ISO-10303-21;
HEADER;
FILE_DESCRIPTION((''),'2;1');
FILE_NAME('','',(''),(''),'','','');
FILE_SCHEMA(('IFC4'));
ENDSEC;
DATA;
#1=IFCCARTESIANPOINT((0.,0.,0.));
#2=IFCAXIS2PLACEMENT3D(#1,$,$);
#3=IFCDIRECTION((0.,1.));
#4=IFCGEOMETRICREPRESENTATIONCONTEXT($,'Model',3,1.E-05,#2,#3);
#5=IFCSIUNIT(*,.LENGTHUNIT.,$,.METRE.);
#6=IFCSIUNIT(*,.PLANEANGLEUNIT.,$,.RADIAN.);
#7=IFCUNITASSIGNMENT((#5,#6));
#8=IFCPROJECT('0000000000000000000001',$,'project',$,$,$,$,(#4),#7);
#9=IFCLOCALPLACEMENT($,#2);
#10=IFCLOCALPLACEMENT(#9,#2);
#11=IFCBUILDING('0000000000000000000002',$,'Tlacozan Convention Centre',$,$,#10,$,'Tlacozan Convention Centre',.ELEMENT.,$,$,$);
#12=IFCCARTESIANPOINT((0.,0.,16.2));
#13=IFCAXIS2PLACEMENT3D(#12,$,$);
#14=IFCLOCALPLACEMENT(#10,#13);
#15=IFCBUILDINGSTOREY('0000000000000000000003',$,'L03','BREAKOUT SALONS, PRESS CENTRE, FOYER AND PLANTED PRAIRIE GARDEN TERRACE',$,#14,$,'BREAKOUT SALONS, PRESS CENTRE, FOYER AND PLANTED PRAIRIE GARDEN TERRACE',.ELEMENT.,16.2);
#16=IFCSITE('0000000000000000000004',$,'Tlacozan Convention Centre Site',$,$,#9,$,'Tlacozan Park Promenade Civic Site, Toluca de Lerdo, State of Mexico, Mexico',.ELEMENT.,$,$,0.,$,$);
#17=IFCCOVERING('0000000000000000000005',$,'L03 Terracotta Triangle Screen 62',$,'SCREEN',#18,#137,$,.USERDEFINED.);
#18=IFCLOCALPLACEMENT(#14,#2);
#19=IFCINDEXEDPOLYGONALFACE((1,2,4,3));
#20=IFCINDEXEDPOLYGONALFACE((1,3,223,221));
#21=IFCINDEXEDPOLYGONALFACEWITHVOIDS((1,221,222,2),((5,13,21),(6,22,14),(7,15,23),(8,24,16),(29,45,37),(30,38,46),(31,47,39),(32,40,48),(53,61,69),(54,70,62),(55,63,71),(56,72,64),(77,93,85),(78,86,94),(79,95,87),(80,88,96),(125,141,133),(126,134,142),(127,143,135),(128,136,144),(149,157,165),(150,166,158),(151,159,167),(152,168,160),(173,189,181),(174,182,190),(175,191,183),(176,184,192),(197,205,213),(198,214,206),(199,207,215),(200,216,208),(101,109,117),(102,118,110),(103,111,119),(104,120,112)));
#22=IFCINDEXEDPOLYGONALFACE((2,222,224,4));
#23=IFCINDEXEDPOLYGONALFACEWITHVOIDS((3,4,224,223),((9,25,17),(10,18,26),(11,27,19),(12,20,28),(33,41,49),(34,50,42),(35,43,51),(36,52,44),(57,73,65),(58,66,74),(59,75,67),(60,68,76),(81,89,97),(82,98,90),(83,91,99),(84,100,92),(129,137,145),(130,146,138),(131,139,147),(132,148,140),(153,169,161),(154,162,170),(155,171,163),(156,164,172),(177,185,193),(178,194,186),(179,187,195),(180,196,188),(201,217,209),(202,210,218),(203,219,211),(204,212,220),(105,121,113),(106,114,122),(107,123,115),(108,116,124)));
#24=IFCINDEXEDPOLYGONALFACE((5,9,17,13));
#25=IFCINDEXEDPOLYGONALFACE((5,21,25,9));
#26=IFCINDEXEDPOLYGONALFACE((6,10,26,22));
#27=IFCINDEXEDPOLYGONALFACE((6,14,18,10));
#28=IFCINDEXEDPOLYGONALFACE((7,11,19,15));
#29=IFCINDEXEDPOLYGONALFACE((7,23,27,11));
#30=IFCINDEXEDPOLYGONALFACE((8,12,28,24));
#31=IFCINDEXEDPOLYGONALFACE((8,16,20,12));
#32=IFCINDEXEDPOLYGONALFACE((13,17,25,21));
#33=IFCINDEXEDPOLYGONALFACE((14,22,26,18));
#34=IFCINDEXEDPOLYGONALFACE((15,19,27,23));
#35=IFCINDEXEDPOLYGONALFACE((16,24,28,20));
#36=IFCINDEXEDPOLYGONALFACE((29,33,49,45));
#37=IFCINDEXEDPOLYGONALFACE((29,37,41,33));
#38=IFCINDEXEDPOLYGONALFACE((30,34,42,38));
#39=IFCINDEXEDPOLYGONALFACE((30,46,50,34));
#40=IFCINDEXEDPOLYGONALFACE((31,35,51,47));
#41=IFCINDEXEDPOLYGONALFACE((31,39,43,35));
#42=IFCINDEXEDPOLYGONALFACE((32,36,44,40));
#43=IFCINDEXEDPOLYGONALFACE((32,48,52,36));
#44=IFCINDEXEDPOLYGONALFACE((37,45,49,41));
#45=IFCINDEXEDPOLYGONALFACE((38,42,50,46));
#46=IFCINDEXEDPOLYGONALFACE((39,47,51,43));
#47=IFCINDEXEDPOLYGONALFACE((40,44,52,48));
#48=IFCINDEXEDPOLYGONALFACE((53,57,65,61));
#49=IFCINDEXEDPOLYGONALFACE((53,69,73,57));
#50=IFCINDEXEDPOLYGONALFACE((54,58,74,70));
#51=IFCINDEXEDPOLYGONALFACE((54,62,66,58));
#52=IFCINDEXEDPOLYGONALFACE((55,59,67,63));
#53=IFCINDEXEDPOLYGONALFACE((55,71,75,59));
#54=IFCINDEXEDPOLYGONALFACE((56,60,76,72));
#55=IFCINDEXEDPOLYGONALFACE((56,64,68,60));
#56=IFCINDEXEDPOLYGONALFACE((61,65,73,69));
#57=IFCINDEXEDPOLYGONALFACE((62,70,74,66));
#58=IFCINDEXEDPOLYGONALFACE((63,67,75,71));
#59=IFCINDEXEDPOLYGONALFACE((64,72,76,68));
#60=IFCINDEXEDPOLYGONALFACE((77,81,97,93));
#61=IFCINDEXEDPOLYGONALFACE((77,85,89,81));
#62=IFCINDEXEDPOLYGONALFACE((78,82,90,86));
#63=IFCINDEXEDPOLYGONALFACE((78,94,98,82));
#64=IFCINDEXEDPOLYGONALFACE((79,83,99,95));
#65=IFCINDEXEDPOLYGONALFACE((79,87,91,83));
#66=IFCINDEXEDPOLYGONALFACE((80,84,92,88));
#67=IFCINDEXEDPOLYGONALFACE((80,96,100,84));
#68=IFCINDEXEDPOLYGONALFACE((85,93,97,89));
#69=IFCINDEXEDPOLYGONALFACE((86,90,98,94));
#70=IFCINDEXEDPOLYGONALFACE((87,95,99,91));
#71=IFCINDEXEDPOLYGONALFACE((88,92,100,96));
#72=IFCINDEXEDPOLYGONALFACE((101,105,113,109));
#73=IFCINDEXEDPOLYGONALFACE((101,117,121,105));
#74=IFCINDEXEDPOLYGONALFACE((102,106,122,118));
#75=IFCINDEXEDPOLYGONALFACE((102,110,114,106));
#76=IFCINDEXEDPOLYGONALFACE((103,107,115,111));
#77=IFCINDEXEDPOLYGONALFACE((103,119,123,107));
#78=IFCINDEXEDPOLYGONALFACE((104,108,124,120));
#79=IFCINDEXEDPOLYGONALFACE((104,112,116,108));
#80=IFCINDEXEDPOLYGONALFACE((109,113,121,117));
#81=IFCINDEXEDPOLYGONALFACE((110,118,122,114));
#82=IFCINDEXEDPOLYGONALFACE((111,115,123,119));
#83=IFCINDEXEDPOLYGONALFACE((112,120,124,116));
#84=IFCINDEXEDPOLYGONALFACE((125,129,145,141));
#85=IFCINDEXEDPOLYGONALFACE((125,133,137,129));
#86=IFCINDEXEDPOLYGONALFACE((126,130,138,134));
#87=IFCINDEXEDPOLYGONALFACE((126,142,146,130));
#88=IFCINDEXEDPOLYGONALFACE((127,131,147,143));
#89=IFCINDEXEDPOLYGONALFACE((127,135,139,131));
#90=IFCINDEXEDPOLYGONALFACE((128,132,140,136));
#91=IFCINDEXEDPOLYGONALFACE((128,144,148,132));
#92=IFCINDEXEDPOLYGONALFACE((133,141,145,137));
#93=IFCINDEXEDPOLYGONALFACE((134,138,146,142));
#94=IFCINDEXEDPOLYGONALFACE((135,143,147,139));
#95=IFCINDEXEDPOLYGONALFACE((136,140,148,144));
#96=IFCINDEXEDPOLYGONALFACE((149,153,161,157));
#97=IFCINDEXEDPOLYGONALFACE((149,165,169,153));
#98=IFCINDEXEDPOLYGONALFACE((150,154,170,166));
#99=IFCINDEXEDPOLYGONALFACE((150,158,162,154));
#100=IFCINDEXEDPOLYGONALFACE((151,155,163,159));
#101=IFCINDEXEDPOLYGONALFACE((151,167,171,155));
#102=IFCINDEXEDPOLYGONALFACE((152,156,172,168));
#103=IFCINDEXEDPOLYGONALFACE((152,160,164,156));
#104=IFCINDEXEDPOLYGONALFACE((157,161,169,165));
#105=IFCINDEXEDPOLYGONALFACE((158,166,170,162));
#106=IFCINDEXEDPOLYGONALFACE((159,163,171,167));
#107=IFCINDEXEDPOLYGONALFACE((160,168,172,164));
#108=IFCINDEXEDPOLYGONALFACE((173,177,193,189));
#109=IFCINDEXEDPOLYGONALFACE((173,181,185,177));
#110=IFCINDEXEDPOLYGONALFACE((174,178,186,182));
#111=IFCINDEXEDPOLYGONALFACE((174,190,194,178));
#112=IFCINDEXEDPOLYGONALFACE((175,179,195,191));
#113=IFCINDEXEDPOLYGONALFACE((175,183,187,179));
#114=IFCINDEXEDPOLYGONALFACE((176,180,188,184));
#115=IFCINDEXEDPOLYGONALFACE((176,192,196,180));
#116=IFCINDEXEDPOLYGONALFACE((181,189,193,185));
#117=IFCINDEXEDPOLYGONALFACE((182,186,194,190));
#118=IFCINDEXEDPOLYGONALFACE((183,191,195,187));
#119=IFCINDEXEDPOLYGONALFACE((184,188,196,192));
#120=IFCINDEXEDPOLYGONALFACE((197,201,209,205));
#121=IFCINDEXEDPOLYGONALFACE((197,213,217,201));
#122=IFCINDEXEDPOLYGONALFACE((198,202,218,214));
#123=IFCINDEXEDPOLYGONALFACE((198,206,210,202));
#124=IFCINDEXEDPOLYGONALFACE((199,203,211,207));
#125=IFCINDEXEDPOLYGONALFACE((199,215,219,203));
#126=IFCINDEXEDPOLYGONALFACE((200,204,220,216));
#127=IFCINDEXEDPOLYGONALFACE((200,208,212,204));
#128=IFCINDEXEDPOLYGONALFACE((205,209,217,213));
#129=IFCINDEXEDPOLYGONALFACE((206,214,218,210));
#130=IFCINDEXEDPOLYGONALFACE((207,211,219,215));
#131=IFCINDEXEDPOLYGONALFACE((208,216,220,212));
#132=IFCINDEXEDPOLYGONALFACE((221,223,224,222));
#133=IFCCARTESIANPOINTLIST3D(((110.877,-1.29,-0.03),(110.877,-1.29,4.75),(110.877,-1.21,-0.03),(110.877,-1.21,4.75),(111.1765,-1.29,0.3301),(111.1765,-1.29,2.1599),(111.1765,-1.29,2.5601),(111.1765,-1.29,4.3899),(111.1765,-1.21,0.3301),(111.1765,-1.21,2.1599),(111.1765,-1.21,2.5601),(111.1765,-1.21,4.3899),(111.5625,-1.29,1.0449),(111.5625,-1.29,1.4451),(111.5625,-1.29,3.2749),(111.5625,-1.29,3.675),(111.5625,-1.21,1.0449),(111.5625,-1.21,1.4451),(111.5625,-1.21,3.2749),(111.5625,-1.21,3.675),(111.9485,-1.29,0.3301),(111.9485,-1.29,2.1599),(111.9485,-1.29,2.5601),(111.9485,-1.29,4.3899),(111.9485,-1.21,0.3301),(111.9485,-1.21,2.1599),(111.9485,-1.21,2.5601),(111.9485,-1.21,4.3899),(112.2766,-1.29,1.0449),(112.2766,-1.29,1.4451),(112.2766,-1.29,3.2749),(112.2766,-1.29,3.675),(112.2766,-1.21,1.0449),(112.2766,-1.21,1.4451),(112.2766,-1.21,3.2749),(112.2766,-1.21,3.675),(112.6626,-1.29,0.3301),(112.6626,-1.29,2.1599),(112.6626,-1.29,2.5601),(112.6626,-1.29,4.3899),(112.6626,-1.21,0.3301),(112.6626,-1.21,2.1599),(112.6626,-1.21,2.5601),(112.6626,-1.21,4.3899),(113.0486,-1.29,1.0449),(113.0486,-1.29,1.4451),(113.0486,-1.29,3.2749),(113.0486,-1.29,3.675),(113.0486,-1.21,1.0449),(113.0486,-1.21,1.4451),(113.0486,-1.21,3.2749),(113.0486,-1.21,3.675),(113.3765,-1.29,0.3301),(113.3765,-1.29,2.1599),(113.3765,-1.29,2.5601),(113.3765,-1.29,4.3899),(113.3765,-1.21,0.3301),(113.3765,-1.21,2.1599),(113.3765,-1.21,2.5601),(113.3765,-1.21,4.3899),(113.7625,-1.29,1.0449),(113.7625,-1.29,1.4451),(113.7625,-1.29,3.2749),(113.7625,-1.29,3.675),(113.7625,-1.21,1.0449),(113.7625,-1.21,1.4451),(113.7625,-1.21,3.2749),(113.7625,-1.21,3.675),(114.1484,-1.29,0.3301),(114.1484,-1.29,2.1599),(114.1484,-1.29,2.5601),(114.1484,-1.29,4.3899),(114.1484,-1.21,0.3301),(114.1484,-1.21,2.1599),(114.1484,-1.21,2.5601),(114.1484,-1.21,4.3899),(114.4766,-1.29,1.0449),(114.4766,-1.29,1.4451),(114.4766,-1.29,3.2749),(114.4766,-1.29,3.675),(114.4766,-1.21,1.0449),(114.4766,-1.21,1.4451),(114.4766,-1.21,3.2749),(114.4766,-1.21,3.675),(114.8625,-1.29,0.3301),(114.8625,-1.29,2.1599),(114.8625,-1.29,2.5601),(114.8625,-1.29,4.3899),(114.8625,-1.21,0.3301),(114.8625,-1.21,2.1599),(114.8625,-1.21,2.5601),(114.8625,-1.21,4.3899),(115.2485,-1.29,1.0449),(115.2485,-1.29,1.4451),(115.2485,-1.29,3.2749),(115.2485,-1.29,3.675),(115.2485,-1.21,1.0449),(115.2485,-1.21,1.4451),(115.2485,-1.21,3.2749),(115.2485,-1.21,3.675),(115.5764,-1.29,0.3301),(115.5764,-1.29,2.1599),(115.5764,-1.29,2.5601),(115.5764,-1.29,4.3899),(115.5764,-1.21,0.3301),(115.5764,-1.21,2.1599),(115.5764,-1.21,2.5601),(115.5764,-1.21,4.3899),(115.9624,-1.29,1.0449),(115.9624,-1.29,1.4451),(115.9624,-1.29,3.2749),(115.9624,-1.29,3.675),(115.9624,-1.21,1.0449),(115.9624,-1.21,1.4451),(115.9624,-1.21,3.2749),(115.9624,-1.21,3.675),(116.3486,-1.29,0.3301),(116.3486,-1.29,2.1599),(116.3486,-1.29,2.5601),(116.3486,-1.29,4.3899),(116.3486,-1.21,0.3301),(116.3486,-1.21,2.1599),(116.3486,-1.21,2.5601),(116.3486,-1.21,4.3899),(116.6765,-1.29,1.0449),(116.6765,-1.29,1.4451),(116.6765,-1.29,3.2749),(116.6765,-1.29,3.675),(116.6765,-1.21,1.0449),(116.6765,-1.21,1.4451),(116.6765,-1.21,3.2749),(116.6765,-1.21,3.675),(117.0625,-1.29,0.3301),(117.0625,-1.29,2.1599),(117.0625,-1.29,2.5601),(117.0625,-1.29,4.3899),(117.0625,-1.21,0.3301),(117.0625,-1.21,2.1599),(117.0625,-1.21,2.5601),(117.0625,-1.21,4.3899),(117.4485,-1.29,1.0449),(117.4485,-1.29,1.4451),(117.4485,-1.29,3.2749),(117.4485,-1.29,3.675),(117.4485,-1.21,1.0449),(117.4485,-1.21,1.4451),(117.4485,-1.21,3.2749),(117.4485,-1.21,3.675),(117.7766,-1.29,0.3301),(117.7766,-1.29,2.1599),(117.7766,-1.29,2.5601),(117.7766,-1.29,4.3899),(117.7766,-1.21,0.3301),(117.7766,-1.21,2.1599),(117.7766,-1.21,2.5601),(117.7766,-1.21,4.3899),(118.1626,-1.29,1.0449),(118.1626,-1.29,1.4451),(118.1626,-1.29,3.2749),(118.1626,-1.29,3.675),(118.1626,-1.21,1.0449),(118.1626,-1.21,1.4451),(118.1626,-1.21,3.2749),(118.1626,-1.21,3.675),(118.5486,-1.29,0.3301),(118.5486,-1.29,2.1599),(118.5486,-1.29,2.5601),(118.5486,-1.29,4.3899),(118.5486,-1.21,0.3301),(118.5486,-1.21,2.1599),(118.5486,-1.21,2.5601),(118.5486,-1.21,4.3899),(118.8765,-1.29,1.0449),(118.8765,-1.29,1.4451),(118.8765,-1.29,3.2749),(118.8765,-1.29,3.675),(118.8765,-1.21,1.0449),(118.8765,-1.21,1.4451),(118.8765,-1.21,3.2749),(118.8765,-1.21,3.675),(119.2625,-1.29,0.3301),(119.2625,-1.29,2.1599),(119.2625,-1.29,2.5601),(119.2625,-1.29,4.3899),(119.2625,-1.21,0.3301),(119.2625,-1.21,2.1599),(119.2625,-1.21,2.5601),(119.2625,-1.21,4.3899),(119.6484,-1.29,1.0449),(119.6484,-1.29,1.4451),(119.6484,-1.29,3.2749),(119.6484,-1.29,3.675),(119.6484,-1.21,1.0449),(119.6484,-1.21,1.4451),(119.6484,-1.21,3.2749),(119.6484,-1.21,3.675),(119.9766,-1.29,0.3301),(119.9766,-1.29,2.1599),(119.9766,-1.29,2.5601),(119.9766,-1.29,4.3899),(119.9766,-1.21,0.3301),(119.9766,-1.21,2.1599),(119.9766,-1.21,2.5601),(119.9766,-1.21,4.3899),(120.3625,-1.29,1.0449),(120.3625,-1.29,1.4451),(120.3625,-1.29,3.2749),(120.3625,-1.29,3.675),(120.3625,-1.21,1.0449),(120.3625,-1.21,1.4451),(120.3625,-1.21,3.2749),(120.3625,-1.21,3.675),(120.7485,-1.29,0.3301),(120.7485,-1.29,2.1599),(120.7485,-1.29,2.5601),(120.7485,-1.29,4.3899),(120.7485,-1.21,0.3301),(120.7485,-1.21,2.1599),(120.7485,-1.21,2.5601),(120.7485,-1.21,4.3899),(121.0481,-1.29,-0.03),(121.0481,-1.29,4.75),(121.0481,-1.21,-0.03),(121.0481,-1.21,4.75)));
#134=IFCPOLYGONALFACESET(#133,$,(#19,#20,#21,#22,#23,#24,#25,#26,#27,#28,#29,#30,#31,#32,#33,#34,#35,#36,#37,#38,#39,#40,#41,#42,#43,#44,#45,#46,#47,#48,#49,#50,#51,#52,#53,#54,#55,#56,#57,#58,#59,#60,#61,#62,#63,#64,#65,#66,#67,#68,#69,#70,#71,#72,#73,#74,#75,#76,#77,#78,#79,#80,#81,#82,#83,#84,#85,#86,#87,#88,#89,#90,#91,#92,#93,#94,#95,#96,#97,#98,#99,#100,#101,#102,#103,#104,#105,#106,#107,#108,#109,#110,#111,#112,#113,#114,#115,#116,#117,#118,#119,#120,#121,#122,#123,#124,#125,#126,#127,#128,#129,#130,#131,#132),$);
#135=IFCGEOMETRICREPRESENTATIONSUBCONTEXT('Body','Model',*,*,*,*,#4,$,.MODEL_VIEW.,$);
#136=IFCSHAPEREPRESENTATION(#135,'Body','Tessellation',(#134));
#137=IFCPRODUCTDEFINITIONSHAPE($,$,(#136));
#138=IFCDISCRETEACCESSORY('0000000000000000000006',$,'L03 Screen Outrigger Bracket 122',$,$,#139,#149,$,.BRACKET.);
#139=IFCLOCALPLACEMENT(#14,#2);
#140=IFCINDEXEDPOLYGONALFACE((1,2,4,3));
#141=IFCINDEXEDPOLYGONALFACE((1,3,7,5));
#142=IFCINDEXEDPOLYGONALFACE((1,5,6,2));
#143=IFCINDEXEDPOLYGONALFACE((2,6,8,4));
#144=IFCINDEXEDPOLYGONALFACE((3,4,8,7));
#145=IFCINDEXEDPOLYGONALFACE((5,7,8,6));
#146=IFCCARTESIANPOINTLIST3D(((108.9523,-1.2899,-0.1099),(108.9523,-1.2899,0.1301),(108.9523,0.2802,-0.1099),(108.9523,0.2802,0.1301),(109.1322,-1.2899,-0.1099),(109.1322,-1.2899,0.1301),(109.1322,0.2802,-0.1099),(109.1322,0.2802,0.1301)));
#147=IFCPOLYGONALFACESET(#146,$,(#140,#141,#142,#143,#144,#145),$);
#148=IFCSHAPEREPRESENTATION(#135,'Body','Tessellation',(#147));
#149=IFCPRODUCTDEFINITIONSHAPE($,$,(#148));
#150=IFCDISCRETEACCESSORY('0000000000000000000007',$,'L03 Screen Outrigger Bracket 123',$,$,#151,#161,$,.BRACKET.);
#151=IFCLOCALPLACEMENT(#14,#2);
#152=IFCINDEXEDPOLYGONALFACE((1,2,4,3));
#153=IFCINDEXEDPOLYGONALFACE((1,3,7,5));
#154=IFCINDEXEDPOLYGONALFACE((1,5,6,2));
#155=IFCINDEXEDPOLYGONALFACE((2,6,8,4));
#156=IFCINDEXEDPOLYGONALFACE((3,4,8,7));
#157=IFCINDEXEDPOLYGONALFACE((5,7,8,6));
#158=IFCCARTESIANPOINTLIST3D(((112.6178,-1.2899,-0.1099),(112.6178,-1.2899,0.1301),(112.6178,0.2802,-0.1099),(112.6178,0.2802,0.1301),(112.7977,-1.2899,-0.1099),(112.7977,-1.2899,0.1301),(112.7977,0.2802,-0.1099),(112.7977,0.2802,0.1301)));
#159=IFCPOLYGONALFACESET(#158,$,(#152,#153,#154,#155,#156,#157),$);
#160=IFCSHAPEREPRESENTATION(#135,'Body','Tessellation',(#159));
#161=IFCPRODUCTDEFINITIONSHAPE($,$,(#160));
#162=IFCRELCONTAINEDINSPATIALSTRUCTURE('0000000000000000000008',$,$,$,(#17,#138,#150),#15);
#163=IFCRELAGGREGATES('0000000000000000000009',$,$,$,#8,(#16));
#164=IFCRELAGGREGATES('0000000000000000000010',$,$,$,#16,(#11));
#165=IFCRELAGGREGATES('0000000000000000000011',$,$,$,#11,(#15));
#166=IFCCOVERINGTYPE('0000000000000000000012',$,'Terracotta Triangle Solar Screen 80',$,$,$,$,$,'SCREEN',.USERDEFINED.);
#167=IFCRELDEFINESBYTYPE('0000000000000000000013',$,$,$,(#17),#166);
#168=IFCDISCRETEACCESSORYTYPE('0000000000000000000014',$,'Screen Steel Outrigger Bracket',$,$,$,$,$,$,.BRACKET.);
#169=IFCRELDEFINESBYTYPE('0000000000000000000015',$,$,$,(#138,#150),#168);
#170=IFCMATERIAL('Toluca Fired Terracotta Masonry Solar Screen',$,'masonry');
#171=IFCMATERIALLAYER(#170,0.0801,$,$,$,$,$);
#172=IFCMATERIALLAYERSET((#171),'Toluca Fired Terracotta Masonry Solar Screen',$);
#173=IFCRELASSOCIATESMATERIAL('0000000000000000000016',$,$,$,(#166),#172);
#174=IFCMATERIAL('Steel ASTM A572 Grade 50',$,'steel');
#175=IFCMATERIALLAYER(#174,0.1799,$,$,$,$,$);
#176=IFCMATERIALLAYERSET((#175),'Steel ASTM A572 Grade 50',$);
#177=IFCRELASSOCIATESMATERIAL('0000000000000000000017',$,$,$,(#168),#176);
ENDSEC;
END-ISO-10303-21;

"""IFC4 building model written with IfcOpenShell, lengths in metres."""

from ifc_helpers import new_model, si_unit, direction, frame, origin, origin_2d, place, context, subcontext, project, spatial, polyline, rectangle, outline, extrude, material, layer, layer_set, type_object, element, save


model = new_model("IFC4")

# Units and contexts
model_context = context("Model", 3, precision=1e-05, world=origin(), true_north=direction((0.0, 1.0)))
body_context = subcontext(model_context, "Body", "Model", "MODEL_VIEW")
ifc_project = project(units=[si_unit("LENGTHUNIT", "METRE"), si_unit("PLANEANGLEUNIT", "RADIAN")], contexts=[model_context])

# Site, building, storey
site_placement = place(None, origin())
site = spatial("IfcSite", under=ifc_project, at=site_placement, Name="Tlacozan Convention Centre Site", LongName="Tlacozan Park Promenade Civic Site, Toluca de Lerdo, State of Mexico, Mexico", CompositionType="ELEMENT", RefElevation=0.0)
building_placement = place(site_placement, origin())
building = spatial("IfcBuilding", under=site, at=building_placement, Name="Tlacozan Convention Centre", LongName="Tlacozan Convention Centre", CompositionType="ELEMENT")
storey_placement = place(building_placement, frame((0.0, 0.0, 16.2)))
storey = spatial("IfcBuildingStorey", under=building, at=storey_placement, Name="L03", Description="BREAKOUT SALONS, PRESS CENTRE, FOYER AND PLANTED PRAIRIE GARDEN TERRACE", LongName="BREAKOUT SALONS, PRESS CENTRE, FOYER AND PLANTED PRAIRIE GARDEN TERRACE", CompositionType="ELEMENT", Elevation=16.2)

# Covering
ifc_material_1 = material(Name="Toluca Fired Terracotta Masonry Solar Screen", Category="masonry")
ifc_layer_1 = layer(ifc_material_1, 0.0801)
ifc_layer_set_1 = layer_set([ifc_layer_1], Name="Toluca Fired Terracotta Masonry Solar Screen")
covering_type = type_object("IfcCoveringType", Name="Terracotta Triangle Solar Screen 80", ElementType="SCREEN", PredefinedType="USERDEFINED", material=ifc_layer_set_1)
covering_placement = place(storey_placement, frame((110.877, -1.25, -0.03), z_axis=(0.0, 0.0, 1.0), x_axis=(1.0, 0.0, 0.0)))
element("IfcCovering", 1, at=covering_placement, inside=storey, type_object=covering_type, Name="L03 Terracotta Triangle Screen 62", ObjectType="SCREEN", PredefinedType="USERDEFINED", context=body_context, shape_type="SweptSolid", body=[
    extrude(outline(polyline([(0.0, 0.0), (10.1711, 0.0), (10.1711, 4.78), (0.0, 4.78), (0.0, 0.0)]), holes=[polyline([(0.2996, 0.3601), (1.0715, 0.3601), (0.6855, 1.075), (0.2996, 0.3601)]), polyline([(1.3997, 1.075), (2.1716, 1.075), (1.7856, 0.3601), (1.3997, 1.075)]), polyline([(2.4995, 0.3601), (3.2715, 0.3601), (2.8855, 1.075), (2.4995, 0.3601)]), polyline([(3.5996, 1.075), (4.3716, 1.075), (3.9856, 0.3601), (3.5996, 1.075)]), polyline([(4.6995, 0.3601), (5.4717, 0.3601), (5.0854, 1.075), (4.6995, 0.3601)]), polyline([(5.7996, 1.075), (6.5715, 1.075), (6.1855, 0.3601), (5.7996, 1.075)]), polyline([(6.8997, 0.3601), (7.6716, 0.3601), (7.2856, 1.075), (6.8997, 0.3601)]), polyline([(7.9995, 1.075), (8.7715, 1.075), (8.3855, 0.3601), (7.9995, 1.075)]), polyline([(9.0996, 0.3601), (9.8716, 0.3601), (9.4856, 1.075), (9.0996, 0.3601)]), polyline([(0.2996, 2.1899), (1.0715, 2.1899), (0.6855, 1.4751), (0.2996, 2.1899)]), polyline([(1.3997, 1.4751), (2.1716, 1.4751), (1.7856, 2.1899), (1.3997, 1.4751)]), polyline([(2.4995, 2.1899), (3.2715, 2.1899), (2.8855, 1.4751), (2.4995, 2.1899)]), polyline([(3.5996, 1.4751), (4.3716, 1.4751), (3.9856, 2.1899), (3.5996, 1.4751)]), polyline([(4.6995, 2.1899), (5.4717, 2.1899), (5.0854, 1.4751), (4.6995, 2.1899)]), polyline([(5.7996, 1.4751), (6.5715, 1.4751), (6.1855, 2.1899), (5.7996, 1.4751)]), polyline([(6.8997, 2.1899), (7.6716, 2.1899), (7.2856, 1.4751), (6.8997, 2.1899)]), polyline([(7.9995, 1.4751), (8.7715, 1.4751), (8.3855, 2.1899), (7.9995, 1.4751)]), polyline([(9.0996, 2.1899), (9.8716, 2.1899), (9.4856, 1.4751), (9.0996, 2.1899)]), polyline([(0.2996, 2.5901), (1.0715, 2.5901), (0.6855, 3.3049), (0.2996, 2.5901)]), polyline([(1.3997, 3.3049), (2.1716, 3.3049), (1.7856, 2.5901), (1.3997, 3.3049)]), polyline([(2.4995, 2.5901), (3.2715, 2.5901), (2.8855, 3.3049), (2.4995, 2.5901)]), polyline([(3.5996, 3.3049), (4.3716, 3.3049), (3.9856, 2.5901), (3.5996, 3.3049)]), polyline([(4.6995, 2.5901), (5.4717, 2.5901), (5.0854, 3.3049), (4.6995, 2.5901)]), polyline([(5.7996, 3.3049), (6.5715, 3.3049), (6.1855, 2.5901), (5.7996, 3.3049)]), polyline([(6.8997, 2.5901), (7.6716, 2.5901), (7.2856, 3.3049), (6.8997, 2.5901)]), polyline([(7.9995, 3.3049), (8.7715, 3.3049), (8.3855, 2.5901), (7.9995, 3.3049)]), polyline([(9.0996, 2.5901), (9.8716, 2.5901), (9.4856, 3.3049), (9.0996, 2.5901)]), polyline([(0.2996, 4.4199), (1.0715, 4.4199), (0.6855, 3.7051), (0.2996, 4.4199)]), polyline([(1.3997, 3.7051), (2.1716, 3.7051), (1.7856, 4.4199), (1.3997, 3.7051)]), polyline([(2.4995, 4.4199), (3.2715, 4.4199), (2.8855, 3.7051), (2.4995, 4.4199)]), polyline([(3.5996, 3.7051), (4.3716, 3.7051), (3.9856, 4.4199), (3.5996, 3.7051)]), polyline([(4.6995, 4.4199), (5.4717, 4.4199), (5.0854, 3.7051), (4.6995, 4.4199)]), polyline([(5.7996, 3.7051), (6.5715, 3.7051), (6.1855, 4.4199), (5.7996, 3.7051)]), polyline([(6.8997, 4.4199), (7.6716, 4.4199), (7.2856, 3.7051), (6.8997, 4.4199)]), polyline([(7.9995, 3.7051), (8.7715, 3.7051), (8.3855, 4.4199), (7.9995, 3.7051)]), polyline([(9.0996, 4.4199), (9.8716, 4.4199), (9.4856, 3.7051), (9.0996, 4.4199)])]), frame((0.0, 0.04, 0.0), z_axis=(0.0, -1.0, 0.0), x_axis=(1.0, 0.0, 0.0)), (0.0, 0.0, 1.0), 0.0801),
])

# Discrete accessories
ifc_material_2 = material(Name="Steel ASTM A572 Grade 50", Category="steel")
ifc_layer_2 = layer(ifc_material_2, 0.1799)
ifc_layer_set_2 = layer_set([ifc_layer_2], Name="Steel ASTM A572 Grade 50")
discrete_accessory_type = type_object("IfcDiscreteAccessoryType", Name="Screen Steel Outrigger Bracket", PredefinedType="BRACKET", material=ifc_layer_set_2)
for number, where, z_axis, x_axis, name in (
    (2, (109.0422, -0.5049, -0.1099), (0.0, 0.0, 1.0), (0.0, 1.0, 0.0), "L03 Screen Outrigger Bracket 122"),
    (3, (112.7078, -0.5049, -0.1099), (0.0, 0.0, 1.0), (0.0, 1.0, 0.0), "L03 Screen Outrigger Bracket 123"),
):
    element("IfcDiscreteAccessory", number, at=place(storey_placement, frame(where, z_axis=z_axis, x_axis=x_axis)), inside=storey, type_object=discrete_accessory_type, Name=name, PredefinedType="BRACKET", context=body_context, shape_type="SweptSolid", body=[
        extrude(rectangle(XDim=1.5701, YDim=0.1799, at=origin_2d()), origin(), (0.0, 0.0, 1.0), 0.24),
    ])

save(model, "model.ifc")
